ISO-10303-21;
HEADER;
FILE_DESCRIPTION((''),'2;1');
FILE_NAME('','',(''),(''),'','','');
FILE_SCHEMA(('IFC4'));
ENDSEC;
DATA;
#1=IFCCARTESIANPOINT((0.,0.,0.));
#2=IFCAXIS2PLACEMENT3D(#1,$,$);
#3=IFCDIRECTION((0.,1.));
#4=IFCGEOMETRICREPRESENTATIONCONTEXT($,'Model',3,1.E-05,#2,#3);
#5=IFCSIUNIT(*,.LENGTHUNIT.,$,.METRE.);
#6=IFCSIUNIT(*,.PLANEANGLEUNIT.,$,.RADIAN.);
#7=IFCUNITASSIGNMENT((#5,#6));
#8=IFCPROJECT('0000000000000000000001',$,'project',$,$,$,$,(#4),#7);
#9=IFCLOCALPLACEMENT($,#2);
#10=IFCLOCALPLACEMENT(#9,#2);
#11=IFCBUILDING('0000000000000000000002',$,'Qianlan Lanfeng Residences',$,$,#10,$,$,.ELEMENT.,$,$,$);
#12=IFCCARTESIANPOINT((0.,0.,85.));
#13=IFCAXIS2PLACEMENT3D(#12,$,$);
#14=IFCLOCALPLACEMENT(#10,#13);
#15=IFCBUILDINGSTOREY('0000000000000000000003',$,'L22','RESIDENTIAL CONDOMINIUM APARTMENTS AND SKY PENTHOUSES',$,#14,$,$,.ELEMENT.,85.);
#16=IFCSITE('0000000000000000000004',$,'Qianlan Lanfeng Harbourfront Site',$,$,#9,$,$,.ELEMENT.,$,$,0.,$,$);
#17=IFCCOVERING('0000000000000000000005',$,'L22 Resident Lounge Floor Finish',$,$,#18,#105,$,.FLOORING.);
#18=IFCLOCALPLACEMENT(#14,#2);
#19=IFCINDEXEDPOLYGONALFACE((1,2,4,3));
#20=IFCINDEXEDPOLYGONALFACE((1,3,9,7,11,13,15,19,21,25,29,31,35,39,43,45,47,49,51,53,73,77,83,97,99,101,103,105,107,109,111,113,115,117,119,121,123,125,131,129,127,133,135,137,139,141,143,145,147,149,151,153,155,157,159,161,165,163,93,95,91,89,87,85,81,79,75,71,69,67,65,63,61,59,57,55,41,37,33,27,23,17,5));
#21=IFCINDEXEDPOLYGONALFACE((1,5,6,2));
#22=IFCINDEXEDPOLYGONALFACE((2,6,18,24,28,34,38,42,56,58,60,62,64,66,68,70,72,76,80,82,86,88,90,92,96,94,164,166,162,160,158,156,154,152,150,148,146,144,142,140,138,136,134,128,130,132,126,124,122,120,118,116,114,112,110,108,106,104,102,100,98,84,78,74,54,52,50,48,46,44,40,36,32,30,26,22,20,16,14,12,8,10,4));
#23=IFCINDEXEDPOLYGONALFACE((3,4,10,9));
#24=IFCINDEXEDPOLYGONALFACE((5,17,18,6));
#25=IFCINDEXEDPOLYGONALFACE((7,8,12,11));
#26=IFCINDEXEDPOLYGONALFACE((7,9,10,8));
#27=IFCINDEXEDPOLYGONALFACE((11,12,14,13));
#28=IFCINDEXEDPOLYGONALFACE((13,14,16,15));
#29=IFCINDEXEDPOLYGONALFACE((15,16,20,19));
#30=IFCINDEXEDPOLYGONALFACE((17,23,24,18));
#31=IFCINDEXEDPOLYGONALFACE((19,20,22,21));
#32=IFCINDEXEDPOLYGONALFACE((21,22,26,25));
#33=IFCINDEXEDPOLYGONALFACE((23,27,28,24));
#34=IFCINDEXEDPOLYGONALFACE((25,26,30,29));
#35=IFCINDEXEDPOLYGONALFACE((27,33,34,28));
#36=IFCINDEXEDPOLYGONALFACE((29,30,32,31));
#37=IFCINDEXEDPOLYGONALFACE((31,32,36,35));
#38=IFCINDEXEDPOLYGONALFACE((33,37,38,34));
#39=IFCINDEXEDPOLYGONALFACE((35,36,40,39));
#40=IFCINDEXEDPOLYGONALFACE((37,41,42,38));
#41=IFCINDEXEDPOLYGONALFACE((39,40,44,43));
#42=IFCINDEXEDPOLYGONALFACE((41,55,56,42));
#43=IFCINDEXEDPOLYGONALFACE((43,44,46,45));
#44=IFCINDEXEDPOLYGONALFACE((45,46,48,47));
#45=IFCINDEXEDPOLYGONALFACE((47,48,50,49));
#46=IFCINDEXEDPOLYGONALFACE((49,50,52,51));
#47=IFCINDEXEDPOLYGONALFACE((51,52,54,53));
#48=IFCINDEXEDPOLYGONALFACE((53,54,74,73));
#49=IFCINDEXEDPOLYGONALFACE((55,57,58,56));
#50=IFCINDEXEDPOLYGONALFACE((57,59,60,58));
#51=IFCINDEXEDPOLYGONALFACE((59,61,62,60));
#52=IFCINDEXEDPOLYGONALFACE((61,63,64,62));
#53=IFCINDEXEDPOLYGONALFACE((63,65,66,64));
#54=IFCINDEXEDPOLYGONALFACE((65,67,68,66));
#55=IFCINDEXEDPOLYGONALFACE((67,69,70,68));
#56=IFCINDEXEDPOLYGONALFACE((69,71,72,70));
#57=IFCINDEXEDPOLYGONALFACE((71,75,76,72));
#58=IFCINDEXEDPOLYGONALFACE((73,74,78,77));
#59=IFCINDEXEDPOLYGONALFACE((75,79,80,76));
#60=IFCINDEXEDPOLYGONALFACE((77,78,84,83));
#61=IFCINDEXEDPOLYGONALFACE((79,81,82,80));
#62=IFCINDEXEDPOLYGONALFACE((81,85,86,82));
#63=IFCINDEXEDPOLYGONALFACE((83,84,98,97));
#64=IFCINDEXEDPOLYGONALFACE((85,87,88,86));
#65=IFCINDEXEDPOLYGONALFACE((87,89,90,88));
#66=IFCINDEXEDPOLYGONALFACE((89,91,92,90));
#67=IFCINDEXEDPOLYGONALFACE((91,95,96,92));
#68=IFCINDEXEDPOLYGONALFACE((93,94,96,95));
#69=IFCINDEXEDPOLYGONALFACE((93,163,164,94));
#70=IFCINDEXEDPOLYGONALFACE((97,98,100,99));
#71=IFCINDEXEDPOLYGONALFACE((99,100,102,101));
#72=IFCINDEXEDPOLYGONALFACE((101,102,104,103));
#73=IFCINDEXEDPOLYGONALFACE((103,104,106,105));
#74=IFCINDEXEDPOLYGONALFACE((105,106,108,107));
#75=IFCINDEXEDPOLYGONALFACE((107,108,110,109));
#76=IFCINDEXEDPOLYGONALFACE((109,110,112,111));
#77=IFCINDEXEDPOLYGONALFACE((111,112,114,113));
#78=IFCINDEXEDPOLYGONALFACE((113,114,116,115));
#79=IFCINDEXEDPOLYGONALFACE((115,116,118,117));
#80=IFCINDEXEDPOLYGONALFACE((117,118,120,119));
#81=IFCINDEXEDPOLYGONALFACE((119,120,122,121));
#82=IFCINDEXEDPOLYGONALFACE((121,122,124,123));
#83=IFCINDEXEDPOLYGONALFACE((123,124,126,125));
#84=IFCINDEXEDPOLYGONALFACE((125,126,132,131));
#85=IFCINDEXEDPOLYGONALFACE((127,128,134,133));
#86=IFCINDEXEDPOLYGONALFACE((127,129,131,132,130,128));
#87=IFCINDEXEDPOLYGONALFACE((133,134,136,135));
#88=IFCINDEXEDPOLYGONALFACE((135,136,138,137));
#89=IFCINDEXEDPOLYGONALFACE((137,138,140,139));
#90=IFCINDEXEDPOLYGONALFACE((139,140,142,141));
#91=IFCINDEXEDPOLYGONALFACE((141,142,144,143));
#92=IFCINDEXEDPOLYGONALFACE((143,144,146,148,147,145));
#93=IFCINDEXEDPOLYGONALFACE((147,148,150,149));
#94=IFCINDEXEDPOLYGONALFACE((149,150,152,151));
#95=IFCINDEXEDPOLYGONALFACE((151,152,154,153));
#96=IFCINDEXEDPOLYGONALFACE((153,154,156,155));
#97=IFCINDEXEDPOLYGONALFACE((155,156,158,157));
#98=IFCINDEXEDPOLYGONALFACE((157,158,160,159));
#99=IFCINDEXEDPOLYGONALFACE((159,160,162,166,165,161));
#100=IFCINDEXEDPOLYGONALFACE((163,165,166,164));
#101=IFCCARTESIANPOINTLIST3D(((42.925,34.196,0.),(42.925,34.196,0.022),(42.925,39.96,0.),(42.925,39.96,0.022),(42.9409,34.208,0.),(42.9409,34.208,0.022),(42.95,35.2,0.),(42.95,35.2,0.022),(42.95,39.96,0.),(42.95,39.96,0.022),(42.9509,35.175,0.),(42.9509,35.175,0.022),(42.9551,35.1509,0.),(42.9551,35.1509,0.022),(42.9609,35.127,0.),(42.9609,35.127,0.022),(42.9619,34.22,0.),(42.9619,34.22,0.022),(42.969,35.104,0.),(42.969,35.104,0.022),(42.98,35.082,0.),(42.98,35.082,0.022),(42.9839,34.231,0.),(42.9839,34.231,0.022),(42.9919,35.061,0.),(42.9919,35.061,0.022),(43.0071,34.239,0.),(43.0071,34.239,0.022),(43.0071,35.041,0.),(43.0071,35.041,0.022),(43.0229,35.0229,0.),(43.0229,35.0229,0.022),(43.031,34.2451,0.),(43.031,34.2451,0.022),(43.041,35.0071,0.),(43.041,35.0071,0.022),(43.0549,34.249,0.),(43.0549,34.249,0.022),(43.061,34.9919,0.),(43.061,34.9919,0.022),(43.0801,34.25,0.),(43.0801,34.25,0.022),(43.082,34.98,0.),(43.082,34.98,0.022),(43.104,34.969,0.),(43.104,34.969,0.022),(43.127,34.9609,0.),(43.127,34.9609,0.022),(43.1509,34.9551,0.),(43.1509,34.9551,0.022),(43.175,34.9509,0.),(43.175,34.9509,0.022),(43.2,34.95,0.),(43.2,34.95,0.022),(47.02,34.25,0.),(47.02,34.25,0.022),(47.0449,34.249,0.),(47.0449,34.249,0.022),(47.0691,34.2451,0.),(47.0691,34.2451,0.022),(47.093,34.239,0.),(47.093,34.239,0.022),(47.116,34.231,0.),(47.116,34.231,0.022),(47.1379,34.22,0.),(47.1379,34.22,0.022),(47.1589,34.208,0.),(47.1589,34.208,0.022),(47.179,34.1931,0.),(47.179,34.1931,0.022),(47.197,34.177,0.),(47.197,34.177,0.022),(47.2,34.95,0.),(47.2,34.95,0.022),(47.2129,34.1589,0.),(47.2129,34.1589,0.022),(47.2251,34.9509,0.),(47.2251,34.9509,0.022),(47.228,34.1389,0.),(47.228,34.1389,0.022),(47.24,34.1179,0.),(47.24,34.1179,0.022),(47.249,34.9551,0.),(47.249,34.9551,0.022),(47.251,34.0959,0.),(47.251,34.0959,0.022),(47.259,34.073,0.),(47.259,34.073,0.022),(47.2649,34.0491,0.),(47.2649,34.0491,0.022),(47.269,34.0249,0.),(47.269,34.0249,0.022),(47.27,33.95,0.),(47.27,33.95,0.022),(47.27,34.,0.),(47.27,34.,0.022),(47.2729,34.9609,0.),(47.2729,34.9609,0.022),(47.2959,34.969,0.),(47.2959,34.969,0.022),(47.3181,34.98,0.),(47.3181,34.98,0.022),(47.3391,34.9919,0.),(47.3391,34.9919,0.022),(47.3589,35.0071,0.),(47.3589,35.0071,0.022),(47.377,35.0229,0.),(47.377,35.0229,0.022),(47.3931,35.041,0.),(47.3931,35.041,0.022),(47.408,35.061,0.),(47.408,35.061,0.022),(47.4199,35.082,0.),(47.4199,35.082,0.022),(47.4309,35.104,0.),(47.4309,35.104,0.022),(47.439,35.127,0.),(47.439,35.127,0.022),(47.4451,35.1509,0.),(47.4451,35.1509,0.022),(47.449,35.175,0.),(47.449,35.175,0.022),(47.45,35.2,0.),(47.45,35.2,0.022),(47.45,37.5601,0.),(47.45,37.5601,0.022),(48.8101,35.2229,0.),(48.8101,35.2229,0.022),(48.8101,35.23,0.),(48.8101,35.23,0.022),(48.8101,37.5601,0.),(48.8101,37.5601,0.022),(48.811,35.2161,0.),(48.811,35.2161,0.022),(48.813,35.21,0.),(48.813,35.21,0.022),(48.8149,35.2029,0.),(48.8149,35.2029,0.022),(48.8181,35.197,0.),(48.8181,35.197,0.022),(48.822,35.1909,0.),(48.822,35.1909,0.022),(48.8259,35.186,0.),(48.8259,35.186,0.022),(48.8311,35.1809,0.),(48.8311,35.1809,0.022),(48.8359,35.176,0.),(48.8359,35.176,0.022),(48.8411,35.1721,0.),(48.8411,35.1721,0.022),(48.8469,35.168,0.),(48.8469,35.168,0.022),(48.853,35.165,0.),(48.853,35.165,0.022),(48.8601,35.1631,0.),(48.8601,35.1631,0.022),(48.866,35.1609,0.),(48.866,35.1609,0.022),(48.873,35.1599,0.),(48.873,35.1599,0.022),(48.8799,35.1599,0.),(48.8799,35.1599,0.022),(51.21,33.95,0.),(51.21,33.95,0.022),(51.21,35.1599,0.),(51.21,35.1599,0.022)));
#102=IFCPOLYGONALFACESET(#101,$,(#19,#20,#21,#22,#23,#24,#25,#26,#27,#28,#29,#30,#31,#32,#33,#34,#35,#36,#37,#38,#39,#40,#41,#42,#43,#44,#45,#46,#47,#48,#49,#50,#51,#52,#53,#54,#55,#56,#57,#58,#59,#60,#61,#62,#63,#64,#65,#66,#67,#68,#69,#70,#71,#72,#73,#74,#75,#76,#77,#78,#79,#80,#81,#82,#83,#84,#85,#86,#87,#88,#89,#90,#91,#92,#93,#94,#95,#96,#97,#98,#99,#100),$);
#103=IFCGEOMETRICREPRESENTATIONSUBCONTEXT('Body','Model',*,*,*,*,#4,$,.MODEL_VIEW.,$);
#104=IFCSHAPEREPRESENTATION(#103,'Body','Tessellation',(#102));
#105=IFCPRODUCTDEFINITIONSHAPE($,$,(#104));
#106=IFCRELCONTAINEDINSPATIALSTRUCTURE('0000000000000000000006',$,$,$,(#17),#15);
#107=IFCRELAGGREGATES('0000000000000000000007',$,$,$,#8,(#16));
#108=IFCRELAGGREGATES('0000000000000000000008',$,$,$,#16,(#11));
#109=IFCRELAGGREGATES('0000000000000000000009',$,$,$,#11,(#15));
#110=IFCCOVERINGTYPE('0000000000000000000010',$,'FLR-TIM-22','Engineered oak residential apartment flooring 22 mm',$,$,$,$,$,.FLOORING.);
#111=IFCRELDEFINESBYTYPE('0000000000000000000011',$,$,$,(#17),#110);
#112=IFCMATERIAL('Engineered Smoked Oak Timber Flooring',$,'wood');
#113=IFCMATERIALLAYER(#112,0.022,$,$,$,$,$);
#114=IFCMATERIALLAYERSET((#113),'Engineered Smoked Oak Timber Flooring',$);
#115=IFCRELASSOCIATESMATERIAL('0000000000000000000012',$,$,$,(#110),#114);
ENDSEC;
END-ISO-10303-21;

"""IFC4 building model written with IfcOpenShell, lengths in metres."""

from ifc_helpers import new_model, si_unit, direction, frame, origin, place, context, subcontext, project, spatial, polyline, outline, extrude, material, layer, layer_set, type_object, element, save


model = new_model("IFC4")

# Units and contexts
model_context = context("Model", 3, precision=1e-05, world=origin(), true_north=direction((0.0, 1.0)))
body_context = subcontext(model_context, "Body", "Model", "MODEL_VIEW")
ifc_project = project(units=[si_unit("LENGTHUNIT", "METRE"), si_unit("PLANEANGLEUNIT", "RADIAN")], contexts=[model_context])

# Site, building, storey
site_placement = place(None, origin())
site = spatial("IfcSite", under=ifc_project, at=site_placement, Name="Qianlan Lanfeng Harbourfront Site", CompositionType="ELEMENT", RefElevation=0.0)
building_placement = place(site_placement, origin())
building = spatial("IfcBuilding", under=site, at=building_placement, Name="Qianlan Lanfeng Residences", CompositionType="ELEMENT")
storey_placement = place(building_placement, frame((0.0, 0.0, 85.0)))
storey = spatial("IfcBuildingStorey", under=building, at=storey_placement, Name="L22", Description="RESIDENTIAL CONDOMINIUM APARTMENTS AND SKY PENTHOUSES", CompositionType="ELEMENT", Elevation=85.0)

# Covering
ifc_material_1 = material(Name="Engineered Smoked Oak Timber Flooring", Category="wood")
ifc_layer_1 = layer(ifc_material_1, 0.022)
ifc_layer_set_1 = layer_set([ifc_layer_1], Name="Engineered Smoked Oak Timber Flooring")
covering_type_1 = type_object("IfcCoveringType", Name="FLR-TIM-22", Description="Engineered oak residential apartment flooring 22 mm", PredefinedType="FLOORING", material=ifc_layer_set_1)
covering_1_placement = place(storey_placement, origin())
element("IfcCovering", 1, at=covering_1_placement, inside=storey, type_object=covering_type_1, Name="L22 Resident Lounge Floor Finish", PredefinedType="FLOORING", context=body_context, shape_type="SweptSolid", body=[
    extrude(outline(polyline([(42.925, 34.196), (42.9409, 34.208), (42.9619, 34.22), (42.9839, 34.231), (43.0071, 34.239), (43.031, 34.2451), (43.0549, 34.249), (43.0801, 34.25), (47.02, 34.25), (47.0449, 34.249), (47.0691, 34.2451), (47.093, 34.239), (47.116, 34.231), (47.1379, 34.22), (47.1589, 34.208), (47.179, 34.1931), (47.197, 34.177), (47.2129, 34.1589), (47.228, 34.1389), (47.24, 34.1179), (47.251, 34.0959), (47.259, 34.073), (47.2649, 34.0491), (47.269, 34.0249), (47.27, 34.0), (47.27, 33.95), (51.21, 33.95), (51.21, 35.1599), (48.8799, 35.1599), (48.873, 35.1599), (48.866, 35.1609), (48.8601, 35.1631), (48.853, 35.165), (48.8469, 35.168), (48.8411, 35.1721), (48.8359, 35.176), (48.8311, 35.1809), (48.8259, 35.186), (48.822, 35.1909), (48.8181, 35.197), (48.8149, 35.2029), (48.813, 35.21), (48.811, 35.2161), (48.8101, 35.2229), (48.8101, 35.23), (48.8101, 37.5601), (47.45, 37.5601), (47.45, 35.2), (47.449, 35.175), (47.4451, 35.1509), (47.439, 35.127), (47.4309, 35.104), (47.4199, 35.082), (47.408, 35.061), (47.3931, 35.041), (47.377, 35.0229), (47.3589, 35.0071), (47.3391, 34.9919), (47.3181, 34.98), (47.2959, 34.969), (47.2729, 34.9609), (47.249, 34.9551), (47.2251, 34.9509), (47.2, 34.95), (43.2, 34.95), (43.175, 34.9509), (43.1509, 34.9551), (43.127, 34.9609), (43.104, 34.969), (43.082, 34.98), (43.061, 34.9919), (43.041, 35.0071), (43.0229, 35.0229), (43.0071, 35.041), (42.9919, 35.061), (42.98, 35.082), (42.969, 35.104), (42.9609, 35.127), (42.9551, 35.1509), (42.9509, 35.175), (42.95, 35.2), (42.95, 39.96), (42.925, 39.96), (42.925, 34.196)])), origin(), (0.0, 0.0, 1.0), 0.022),
])

save(model, "model.ifc")
